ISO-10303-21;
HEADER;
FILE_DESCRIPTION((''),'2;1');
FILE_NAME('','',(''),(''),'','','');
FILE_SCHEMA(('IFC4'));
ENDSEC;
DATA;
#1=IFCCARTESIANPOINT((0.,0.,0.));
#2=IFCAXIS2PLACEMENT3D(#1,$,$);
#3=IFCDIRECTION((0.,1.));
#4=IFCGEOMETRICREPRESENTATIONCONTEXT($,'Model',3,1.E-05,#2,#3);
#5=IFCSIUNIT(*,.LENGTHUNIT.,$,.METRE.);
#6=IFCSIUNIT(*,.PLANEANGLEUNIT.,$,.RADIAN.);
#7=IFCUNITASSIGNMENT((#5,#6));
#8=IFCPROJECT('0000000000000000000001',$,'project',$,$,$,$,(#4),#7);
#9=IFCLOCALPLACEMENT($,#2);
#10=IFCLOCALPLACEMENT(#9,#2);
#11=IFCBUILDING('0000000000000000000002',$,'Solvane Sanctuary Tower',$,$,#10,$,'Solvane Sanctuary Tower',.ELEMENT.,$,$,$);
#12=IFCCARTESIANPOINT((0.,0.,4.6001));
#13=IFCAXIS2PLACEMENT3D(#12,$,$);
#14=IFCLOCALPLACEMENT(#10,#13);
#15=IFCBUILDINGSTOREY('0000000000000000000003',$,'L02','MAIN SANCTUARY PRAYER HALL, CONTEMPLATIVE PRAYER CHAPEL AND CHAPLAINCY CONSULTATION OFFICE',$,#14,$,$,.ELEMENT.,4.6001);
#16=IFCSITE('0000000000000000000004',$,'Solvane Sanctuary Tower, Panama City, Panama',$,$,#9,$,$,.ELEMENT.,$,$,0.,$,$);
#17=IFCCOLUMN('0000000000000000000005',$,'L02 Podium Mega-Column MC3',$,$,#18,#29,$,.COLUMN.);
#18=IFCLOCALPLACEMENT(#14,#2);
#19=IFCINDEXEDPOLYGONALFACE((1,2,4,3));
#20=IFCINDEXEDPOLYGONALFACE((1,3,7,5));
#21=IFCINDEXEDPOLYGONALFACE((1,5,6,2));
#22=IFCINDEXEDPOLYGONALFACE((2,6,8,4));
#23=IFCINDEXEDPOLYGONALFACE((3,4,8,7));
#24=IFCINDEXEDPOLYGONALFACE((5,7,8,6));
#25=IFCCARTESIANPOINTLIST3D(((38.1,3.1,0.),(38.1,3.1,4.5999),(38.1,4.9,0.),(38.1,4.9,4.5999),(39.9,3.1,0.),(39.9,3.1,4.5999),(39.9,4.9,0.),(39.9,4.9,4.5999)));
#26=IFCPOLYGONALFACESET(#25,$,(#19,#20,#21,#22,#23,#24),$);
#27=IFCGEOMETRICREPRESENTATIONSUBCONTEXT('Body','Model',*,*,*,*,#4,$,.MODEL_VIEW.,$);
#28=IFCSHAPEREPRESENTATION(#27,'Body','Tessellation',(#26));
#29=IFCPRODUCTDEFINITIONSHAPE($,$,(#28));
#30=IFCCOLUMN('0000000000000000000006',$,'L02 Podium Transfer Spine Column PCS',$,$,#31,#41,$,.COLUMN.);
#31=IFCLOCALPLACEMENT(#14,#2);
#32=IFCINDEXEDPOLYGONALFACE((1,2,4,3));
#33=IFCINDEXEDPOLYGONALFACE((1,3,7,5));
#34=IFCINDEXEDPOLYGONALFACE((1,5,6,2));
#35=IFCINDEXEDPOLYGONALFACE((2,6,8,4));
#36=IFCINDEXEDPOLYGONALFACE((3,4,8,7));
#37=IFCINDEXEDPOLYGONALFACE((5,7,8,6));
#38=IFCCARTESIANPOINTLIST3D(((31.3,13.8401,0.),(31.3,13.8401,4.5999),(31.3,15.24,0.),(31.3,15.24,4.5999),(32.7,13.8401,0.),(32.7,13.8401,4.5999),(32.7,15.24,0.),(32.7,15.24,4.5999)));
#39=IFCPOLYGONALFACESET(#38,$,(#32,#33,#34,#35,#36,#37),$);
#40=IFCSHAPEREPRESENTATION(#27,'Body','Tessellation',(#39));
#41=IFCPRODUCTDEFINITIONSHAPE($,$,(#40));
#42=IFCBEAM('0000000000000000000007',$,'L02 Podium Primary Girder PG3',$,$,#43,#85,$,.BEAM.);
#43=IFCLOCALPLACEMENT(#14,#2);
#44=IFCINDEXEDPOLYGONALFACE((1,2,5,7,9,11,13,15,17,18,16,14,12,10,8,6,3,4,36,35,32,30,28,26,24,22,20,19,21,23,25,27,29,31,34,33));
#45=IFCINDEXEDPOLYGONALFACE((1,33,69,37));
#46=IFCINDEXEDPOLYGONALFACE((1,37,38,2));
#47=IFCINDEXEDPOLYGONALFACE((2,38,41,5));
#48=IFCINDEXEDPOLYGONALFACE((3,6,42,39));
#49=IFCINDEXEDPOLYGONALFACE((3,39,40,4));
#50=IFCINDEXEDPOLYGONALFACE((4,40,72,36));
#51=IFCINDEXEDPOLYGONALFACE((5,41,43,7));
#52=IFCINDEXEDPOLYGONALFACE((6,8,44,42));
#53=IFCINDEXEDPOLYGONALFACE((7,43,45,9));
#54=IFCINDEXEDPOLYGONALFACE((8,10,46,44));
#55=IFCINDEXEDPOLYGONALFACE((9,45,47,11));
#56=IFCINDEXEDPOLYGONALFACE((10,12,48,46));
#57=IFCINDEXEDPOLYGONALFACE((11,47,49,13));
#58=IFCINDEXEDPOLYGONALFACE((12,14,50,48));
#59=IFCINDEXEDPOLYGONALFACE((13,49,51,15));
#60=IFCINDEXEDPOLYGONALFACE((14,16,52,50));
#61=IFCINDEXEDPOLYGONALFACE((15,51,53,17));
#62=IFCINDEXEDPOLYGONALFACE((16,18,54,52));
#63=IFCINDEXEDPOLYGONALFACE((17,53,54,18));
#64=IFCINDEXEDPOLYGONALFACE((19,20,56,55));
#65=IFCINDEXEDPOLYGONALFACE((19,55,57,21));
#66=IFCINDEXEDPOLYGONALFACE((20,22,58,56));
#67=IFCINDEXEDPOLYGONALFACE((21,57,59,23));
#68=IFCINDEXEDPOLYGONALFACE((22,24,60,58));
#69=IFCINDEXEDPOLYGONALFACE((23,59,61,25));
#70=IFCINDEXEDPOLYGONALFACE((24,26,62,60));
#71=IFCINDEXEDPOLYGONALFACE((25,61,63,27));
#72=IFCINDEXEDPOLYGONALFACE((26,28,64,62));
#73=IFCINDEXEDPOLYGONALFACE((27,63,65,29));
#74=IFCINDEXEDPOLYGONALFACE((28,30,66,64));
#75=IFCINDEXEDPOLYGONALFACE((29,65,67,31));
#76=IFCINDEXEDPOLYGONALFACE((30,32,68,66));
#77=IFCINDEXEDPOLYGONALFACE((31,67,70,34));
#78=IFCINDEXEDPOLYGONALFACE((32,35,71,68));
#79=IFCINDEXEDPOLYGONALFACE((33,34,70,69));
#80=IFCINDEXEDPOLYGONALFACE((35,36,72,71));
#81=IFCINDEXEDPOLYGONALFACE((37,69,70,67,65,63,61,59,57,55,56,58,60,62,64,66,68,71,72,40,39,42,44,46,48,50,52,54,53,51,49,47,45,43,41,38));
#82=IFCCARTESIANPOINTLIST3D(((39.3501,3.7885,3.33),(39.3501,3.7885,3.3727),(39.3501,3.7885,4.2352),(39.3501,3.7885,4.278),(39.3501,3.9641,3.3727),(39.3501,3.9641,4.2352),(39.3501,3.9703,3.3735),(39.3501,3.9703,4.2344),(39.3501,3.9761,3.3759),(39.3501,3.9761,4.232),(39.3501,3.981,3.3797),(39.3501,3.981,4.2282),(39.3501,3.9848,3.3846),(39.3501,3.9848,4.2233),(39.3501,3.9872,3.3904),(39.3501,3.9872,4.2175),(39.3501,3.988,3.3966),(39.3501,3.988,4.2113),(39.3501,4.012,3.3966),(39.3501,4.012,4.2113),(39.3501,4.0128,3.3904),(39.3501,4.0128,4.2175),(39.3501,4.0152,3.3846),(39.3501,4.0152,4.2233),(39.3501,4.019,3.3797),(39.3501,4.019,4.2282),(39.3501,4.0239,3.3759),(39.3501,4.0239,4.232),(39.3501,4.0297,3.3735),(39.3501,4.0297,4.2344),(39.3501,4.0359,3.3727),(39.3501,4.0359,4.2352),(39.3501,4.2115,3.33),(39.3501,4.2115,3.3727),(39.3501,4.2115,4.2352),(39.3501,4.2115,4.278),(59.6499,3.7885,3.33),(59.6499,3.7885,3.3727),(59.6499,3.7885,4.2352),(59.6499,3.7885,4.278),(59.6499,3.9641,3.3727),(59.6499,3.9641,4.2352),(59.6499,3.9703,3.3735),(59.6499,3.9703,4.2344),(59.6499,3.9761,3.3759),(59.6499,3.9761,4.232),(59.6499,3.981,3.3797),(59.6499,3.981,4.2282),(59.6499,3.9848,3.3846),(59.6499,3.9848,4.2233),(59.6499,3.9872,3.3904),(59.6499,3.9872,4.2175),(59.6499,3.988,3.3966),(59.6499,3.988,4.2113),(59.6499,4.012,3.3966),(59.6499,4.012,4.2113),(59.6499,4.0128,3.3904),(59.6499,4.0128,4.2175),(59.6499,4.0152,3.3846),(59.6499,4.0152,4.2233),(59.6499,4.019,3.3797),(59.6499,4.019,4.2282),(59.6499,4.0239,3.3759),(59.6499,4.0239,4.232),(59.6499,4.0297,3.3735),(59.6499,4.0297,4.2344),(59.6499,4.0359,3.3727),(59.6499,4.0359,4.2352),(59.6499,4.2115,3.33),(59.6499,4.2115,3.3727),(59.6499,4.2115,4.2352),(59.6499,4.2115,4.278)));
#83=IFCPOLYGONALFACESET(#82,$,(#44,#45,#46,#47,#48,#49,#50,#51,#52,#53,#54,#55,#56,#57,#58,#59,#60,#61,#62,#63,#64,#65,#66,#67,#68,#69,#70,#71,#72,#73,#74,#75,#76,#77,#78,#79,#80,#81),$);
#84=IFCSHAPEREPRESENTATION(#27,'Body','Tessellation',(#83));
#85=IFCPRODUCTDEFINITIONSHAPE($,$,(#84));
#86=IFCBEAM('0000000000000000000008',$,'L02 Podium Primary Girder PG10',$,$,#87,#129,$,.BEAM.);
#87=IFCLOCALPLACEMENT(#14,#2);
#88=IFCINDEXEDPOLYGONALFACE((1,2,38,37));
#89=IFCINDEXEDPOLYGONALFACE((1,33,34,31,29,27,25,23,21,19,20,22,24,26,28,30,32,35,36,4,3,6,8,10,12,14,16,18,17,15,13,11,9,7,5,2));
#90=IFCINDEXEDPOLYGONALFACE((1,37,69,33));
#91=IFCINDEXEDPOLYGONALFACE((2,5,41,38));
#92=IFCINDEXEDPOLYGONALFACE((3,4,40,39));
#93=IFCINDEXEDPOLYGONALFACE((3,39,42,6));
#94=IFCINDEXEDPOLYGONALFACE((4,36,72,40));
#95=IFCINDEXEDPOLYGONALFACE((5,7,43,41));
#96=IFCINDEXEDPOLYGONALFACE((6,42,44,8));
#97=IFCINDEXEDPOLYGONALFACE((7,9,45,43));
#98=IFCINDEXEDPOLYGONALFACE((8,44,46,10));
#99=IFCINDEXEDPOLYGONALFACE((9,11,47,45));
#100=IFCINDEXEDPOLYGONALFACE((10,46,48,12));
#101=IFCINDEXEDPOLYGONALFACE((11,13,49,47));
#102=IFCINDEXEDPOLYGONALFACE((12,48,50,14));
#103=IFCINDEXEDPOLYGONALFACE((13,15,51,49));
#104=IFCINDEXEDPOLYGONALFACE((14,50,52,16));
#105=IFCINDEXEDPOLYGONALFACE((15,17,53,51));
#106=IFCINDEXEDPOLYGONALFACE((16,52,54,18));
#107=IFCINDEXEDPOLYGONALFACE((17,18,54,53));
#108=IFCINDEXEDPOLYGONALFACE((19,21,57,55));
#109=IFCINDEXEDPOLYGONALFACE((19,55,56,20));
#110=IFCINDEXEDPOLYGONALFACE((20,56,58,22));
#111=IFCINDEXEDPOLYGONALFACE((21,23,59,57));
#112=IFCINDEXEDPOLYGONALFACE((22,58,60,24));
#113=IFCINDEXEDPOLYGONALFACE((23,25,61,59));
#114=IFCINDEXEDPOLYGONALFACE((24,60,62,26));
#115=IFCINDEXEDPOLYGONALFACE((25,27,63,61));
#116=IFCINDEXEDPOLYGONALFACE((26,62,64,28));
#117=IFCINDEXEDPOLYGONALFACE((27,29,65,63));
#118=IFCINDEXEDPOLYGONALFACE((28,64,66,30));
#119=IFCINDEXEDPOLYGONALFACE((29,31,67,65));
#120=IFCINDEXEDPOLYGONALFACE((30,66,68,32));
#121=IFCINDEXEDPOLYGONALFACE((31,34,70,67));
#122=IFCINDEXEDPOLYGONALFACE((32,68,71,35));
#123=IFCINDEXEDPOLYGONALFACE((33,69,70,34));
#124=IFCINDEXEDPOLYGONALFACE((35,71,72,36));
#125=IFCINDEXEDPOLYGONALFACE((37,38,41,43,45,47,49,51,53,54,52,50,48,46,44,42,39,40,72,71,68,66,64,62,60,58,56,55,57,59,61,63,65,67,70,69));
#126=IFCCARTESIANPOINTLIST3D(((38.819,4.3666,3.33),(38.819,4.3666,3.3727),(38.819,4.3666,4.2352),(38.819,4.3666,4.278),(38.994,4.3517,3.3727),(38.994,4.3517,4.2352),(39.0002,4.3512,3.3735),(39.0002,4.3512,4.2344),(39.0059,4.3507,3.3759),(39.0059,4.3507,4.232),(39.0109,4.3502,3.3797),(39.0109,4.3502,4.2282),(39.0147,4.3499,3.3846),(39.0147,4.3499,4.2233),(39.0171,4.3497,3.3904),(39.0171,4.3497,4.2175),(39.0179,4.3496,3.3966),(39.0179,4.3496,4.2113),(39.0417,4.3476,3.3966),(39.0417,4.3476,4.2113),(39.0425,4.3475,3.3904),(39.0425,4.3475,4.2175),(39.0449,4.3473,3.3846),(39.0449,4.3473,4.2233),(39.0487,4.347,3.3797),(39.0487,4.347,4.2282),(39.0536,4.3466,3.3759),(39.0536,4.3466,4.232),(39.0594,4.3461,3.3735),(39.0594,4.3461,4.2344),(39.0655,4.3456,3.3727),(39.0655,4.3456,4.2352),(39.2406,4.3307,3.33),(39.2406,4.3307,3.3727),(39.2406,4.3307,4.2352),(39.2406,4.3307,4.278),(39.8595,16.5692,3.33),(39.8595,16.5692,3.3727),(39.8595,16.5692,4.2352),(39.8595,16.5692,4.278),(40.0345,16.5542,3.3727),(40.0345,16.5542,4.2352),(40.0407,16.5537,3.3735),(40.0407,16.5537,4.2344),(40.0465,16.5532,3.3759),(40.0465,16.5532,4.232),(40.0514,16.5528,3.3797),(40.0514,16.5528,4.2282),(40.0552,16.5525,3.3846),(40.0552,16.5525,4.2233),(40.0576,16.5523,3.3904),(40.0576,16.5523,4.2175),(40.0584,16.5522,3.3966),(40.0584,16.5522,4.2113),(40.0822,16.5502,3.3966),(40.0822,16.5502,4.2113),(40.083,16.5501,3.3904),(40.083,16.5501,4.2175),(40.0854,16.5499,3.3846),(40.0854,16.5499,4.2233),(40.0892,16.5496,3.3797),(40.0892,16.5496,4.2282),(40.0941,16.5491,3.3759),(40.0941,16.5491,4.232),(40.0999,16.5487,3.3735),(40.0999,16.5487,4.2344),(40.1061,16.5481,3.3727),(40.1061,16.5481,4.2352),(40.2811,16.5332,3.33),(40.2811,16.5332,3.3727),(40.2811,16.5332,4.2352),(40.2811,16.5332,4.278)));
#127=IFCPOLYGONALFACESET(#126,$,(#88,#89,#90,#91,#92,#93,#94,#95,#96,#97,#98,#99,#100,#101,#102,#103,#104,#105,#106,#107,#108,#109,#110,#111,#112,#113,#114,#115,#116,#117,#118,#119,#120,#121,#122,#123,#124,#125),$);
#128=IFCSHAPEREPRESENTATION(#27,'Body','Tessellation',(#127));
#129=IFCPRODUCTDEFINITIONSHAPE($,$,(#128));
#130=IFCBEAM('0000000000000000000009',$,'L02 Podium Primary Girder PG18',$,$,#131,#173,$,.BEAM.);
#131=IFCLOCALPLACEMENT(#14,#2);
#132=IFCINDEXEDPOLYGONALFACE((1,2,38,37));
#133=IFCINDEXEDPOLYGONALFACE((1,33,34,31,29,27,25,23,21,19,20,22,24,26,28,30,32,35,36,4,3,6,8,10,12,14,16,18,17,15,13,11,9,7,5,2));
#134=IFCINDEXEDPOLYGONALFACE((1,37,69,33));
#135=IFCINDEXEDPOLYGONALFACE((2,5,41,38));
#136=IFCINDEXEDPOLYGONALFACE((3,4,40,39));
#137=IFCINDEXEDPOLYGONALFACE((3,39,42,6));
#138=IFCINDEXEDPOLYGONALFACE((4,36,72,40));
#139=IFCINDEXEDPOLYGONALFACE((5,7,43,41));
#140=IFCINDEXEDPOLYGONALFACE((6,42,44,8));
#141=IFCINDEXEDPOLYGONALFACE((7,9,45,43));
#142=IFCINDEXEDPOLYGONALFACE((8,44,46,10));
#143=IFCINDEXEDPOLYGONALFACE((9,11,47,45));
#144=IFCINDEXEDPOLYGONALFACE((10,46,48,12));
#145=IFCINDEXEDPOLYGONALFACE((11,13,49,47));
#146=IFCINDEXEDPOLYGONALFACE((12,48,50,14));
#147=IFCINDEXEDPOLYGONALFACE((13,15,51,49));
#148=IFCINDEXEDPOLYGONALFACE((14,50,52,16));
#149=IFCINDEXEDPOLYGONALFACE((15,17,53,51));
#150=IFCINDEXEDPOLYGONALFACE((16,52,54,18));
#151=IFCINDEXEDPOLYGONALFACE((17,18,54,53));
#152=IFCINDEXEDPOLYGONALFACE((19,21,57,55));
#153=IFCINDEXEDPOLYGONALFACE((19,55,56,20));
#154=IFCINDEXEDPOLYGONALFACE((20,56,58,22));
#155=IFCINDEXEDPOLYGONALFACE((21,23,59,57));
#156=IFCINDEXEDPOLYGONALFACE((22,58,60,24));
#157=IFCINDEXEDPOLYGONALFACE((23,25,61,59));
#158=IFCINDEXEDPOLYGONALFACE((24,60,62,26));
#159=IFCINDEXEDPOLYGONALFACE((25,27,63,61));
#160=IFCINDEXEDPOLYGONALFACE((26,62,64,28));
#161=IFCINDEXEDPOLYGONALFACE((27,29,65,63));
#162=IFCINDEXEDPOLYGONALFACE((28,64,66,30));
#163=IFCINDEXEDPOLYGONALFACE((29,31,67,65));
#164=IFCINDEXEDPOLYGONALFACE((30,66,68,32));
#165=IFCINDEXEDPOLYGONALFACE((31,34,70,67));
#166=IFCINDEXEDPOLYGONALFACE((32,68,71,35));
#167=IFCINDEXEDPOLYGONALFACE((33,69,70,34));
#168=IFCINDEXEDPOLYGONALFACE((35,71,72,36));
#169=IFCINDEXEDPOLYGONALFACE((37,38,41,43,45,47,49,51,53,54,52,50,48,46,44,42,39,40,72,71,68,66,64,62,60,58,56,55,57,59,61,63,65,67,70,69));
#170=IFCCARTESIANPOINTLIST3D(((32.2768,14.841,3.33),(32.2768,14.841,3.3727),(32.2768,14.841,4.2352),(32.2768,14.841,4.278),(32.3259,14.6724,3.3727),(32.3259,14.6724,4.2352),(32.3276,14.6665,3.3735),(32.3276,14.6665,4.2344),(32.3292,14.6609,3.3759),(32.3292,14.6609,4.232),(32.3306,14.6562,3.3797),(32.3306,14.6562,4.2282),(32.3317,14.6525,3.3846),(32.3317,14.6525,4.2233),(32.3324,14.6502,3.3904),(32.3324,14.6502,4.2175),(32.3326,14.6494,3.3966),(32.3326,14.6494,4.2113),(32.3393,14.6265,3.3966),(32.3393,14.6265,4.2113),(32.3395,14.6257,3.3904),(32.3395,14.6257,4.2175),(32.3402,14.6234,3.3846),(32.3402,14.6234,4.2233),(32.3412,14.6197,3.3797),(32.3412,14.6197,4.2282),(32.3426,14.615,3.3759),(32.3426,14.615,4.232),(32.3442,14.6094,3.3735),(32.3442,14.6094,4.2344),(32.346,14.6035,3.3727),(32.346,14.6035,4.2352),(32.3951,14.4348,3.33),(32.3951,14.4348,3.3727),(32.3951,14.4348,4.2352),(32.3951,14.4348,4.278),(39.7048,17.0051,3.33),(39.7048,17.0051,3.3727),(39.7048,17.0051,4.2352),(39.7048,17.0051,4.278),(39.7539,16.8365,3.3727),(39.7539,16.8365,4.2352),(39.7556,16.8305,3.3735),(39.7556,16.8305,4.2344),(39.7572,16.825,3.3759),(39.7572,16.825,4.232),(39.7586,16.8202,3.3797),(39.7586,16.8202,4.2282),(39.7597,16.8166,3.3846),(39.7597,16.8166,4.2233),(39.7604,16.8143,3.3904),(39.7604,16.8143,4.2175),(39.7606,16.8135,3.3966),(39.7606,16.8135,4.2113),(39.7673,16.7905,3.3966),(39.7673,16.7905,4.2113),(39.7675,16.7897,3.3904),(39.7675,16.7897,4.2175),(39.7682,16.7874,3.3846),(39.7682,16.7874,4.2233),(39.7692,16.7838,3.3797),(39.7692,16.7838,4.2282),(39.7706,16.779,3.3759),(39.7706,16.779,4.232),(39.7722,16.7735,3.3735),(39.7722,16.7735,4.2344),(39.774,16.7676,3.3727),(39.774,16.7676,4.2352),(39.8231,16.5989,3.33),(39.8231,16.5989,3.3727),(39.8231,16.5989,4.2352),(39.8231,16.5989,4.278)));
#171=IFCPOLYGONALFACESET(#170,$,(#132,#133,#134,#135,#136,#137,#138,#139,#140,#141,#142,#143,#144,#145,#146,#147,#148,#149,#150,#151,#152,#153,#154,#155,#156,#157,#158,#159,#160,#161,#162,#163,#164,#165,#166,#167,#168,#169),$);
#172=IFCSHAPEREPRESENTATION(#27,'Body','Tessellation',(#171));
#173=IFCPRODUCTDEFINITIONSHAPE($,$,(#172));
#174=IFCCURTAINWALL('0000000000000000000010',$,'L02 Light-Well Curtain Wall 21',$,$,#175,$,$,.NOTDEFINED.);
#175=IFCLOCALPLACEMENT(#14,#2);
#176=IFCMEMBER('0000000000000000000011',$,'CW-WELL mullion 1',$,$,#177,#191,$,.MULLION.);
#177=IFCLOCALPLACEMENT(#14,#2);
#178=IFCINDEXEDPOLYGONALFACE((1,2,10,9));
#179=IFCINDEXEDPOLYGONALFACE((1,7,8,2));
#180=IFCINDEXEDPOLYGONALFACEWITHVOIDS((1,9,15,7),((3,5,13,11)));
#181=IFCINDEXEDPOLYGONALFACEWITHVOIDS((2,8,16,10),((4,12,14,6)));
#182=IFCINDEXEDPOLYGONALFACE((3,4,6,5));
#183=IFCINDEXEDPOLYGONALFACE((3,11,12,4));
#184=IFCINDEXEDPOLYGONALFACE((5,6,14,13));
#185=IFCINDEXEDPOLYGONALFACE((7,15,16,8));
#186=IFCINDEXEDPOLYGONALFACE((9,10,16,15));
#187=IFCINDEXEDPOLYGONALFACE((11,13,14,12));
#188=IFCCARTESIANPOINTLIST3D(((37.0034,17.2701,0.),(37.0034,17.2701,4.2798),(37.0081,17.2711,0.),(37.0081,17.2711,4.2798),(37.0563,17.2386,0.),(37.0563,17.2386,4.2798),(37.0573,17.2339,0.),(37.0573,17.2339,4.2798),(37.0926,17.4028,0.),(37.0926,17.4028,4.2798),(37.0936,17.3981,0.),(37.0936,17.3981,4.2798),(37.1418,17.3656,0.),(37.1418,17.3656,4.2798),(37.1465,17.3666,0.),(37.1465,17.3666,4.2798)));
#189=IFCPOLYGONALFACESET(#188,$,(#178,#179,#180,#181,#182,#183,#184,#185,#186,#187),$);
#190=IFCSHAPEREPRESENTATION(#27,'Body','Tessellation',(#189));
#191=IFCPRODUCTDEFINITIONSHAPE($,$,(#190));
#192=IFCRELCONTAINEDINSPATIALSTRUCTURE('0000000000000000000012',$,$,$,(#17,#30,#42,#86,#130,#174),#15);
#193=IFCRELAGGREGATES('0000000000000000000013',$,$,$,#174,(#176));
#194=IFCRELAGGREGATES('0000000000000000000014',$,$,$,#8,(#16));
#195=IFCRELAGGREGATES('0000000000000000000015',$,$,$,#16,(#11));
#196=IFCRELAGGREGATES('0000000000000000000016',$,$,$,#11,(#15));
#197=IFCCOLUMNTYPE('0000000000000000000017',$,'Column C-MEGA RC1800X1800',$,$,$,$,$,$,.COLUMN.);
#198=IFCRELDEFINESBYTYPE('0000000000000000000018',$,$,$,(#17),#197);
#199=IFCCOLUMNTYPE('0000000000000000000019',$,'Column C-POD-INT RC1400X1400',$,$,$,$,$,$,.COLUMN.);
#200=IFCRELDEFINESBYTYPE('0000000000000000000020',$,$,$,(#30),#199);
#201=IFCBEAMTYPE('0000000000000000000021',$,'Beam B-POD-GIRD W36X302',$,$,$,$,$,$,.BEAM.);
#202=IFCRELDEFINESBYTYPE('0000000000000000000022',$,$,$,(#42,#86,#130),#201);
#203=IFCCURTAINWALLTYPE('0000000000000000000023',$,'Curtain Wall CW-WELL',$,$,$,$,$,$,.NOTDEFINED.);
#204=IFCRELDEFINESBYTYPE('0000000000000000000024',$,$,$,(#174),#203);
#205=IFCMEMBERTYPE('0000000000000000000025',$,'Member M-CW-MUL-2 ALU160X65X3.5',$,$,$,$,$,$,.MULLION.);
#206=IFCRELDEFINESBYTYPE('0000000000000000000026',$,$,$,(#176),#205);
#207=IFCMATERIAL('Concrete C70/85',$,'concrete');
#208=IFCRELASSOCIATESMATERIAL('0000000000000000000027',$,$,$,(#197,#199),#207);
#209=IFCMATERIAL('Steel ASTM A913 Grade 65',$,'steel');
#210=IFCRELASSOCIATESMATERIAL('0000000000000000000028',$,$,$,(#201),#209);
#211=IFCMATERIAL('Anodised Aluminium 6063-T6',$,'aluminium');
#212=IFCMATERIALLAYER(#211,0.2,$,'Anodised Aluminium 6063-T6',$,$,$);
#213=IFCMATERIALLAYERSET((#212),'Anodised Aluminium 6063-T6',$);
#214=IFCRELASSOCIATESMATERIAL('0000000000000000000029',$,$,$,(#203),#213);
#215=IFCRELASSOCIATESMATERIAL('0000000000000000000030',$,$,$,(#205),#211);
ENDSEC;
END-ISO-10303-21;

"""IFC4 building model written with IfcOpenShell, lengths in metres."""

from ifc_helpers import new_model, si_unit, direction, frame, origin, origin_2d, place, context, subcontext, project, spatial, rectangle, hollow_rectangle, i_section, extrude, material, layer, layer_set, material_profile, profile_set, type_object, element, aggregate, save


model = new_model("IFC4")

# Units and contexts
model_context = context("Model", 3, precision=1e-05, world=origin(), true_north=direction((0.0, 1.0)))
body_context = subcontext(model_context, "Body", "Model", "MODEL_VIEW")
ifc_project = project(units=[si_unit("LENGTHUNIT", "METRE"), si_unit("PLANEANGLEUNIT", "RADIAN")], contexts=[model_context])

# Site, building, storey
site_placement = place(None, origin())
site = spatial("IfcSite", under=ifc_project, at=site_placement, Name="Solvane Sanctuary Tower, Panama City, Panama", CompositionType="ELEMENT", RefElevation=0.0)
building_placement = place(site_placement, origin())
building = spatial("IfcBuilding", under=site, at=building_placement, Name="Solvane Sanctuary Tower", LongName="Solvane Sanctuary Tower", CompositionType="ELEMENT")
storey_placement = place(building_placement, frame((0.0, 0.0, 4.6001)))
storey = spatial("IfcBuildingStorey", under=building, at=storey_placement, Name="L02", Description="MAIN SANCTUARY PRAYER HALL, CONTEMPLATIVE PRAYER CHAPEL AND CHAPLAINCY CONSULTATION OFFICE", CompositionType="ELEMENT", Elevation=4.6001)

# Columns
ifc_material_1 = material(Name="Concrete C70/85", Category="concrete")
ifc_material_profile_1 = material_profile(ifc_material_1, rectangle(XDim=1.8, YDim=1.8, at=origin_2d()), Name="RC1800X1800")
ifc_profile_set_1 = profile_set([ifc_material_profile_1], Name="Concrete C70/85")
column_type_1 = type_object("IfcColumnType", Name="Column C-MEGA RC1800X1800", PredefinedType="COLUMN", material=ifc_profile_set_1)
column_1_placement = place(storey_placement, frame((39.0, 4.0, 0.0), z_axis=(0.0, 0.0, 1.0), x_axis=(1.0, 0.0, 0.0)))
element("IfcColumn", 1, at=column_1_placement, inside=storey, type_object=column_type_1, Name="L02 Podium Mega-Column MC3", PredefinedType="COLUMN", context=body_context, shape_type="SweptSolid", body=[
    extrude(rectangle(XDim=1.8, YDim=1.8, at=origin_2d()), origin(), (0.0, 0.0, 1.0), 4.5999),
])
ifc_material_profile_2 = material_profile(ifc_material_1, rectangle(XDim=1.3999, YDim=1.3999, at=origin_2d()), Name="RC1400X1400")
ifc_profile_set_2 = profile_set([ifc_material_profile_2], Name="Concrete C70/85")
column_type_2 = type_object("IfcColumnType", Name="Column C-POD-INT RC1400X1400", PredefinedType="COLUMN", material=ifc_profile_set_2)
column_2_placement = place(storey_placement, frame((32.0, 14.54, 0.0), z_axis=(0.0, 0.0, 1.0), x_axis=(1.0, 0.0, 0.0)))
element("IfcColumn", 2, at=column_2_placement, inside=storey, type_object=column_type_2, Name="L02 Podium Transfer Spine Column PCS", PredefinedType="COLUMN", context=body_context, shape_type="SweptSolid", body=[
    extrude(rectangle(XDim=1.3999, YDim=1.3999, at=origin_2d()), origin(), (0.0, 0.0, 1.0), 4.5999),
])

# Beams
ifc_material_2 = material(Name="Steel ASTM A913 Grade 65", Category="steel")
ifc_material_profile_3 = material_profile(ifc_material_2, i_section(OverallWidth=0.4231, OverallDepth=0.948, WebThickness=0.0239, FlangeThickness=0.0427, FilletRadius=0.0239, at=origin_2d()), Name="W36X302")
ifc_profile_set_3 = profile_set([ifc_material_profile_3], Name="Steel ASTM A913 Grade 65")
beam_type = type_object("IfcBeamType", Name="Beam B-POD-GIRD W36X302", PredefinedType="BEAM", material=ifc_profile_set_3)
beam_1_placement = place(storey_placement, frame((39.3501, 4.0, 3.804), z_axis=(1.0, 0.0, 0.0), x_axis=(0.0, 1.0, 0.0)))
element("IfcBeam", 3, at=beam_1_placement, inside=storey, type_object=beam_type, Name="L02 Podium Primary Girder PG3", PredefinedType="BEAM", context=body_context, shape_type="SweptSolid", body=[
    extrude(i_section(OverallWidth=0.4231, OverallDepth=0.948, WebThickness=0.0239, FlangeThickness=0.0427, FilletRadius=0.0239, at=origin_2d()), origin(), (0.0, 0.0, 1.0), 20.2998),
])
beam_2_placement = place(storey_placement, frame((39.0298, 4.3486, 3.804), z_axis=(0.084962, 0.996384, 0.0), x_axis=(-0.996384, 0.084962, 0.0)))
element("IfcBeam", 4, at=beam_2_placement, inside=storey, type_object=beam_type, Name="L02 Podium Primary Girder PG10", PredefinedType="BEAM", context=body_context, shape_type="SweptSolid", body=[
    extrude(i_section(OverallWidth=0.4231, OverallDepth=0.948, WebThickness=0.0239, FlangeThickness=0.0427, FilletRadius=0.0239, at=origin_2d()), origin(), (0.0, 0.0, 1.0), 12.2468),
])
beam_3_placement = place(storey_placement, frame((32.3359, 14.6379, 3.804), z_axis=(0.960084, 0.27971, 0.0), x_axis=(-0.27971, 0.960084, 0.0)))
element("IfcBeam", 5, at=beam_3_placement, inside=storey, type_object=beam_type, Name="L02 Podium Primary Girder PG18", PredefinedType="BEAM", context=body_context, shape_type="SweptSolid", body=[
    extrude(i_section(OverallWidth=0.4231, OverallDepth=0.948, WebThickness=0.0239, FlangeThickness=0.0427, FilletRadius=0.0239, at=origin_2d()), origin(), (0.0, 0.0, 1.0), 7.7368),
])

# Curtain wall, member
ifc_material_3 = material(Name="Anodised Aluminium 6063-T6", Category="aluminium")
ifc_layer_1 = layer(ifc_material_3, 0.2, Name="Anodised Aluminium 6063-T6")
ifc_layer_set_1 = layer_set([ifc_layer_1], Name="Anodised Aluminium 6063-T6")
curtain_wall_type = type_object("IfcCurtainWallType", Name="Curtain Wall CW-WELL", PredefinedType="NOTDEFINED", material=ifc_layer_set_1)
curtain_wall_1_placement = place(storey_placement, origin())
curtain_wall_1 = element("IfcCurtainWall", 6, at=curtain_wall_1_placement, inside=storey, type_object=curtain_wall_type, Name="L02 Light-Well Curtain Wall 21", PredefinedType="NOTDEFINED")
ifc_material_profile_4 = material_profile(ifc_material_3, hollow_rectangle(XDim=0.0649, YDim=0.1599, WallThickness=0.0034, at=origin_2d()), Name="ALU160X65X3.5")
ifc_profile_set_4 = profile_set([ifc_material_profile_4], Name="Anodised Aluminium 6063-T6")
member_type_1 = type_object("IfcMemberType", Name="Member M-CW-MUL-2 ALU160X65X3.5", PredefinedType="MULLION", material=ifc_profile_set_4)
member_1_placement = place(storey_placement, frame((37.075, 17.3184, 0.0), z_axis=(0.0, 0.0, 1.0), x_axis=(-0.829664, 0.558263, 0.0)))
member_1 = element("IfcMember", 7, at=member_1_placement, type_object=member_type_1, Name="CW-WELL mullion 1", PredefinedType="MULLION", context=body_context, shape_type="SweptSolid", body=[
    extrude(hollow_rectangle(XDim=0.0649, YDim=0.1599, WallThickness=0.0034, at=origin_2d()), origin(), (0.0, 0.0, 1.0), 4.2798),
])

aggregate(curtain_wall_1, [member_1])

save(model, "model.ifc")
